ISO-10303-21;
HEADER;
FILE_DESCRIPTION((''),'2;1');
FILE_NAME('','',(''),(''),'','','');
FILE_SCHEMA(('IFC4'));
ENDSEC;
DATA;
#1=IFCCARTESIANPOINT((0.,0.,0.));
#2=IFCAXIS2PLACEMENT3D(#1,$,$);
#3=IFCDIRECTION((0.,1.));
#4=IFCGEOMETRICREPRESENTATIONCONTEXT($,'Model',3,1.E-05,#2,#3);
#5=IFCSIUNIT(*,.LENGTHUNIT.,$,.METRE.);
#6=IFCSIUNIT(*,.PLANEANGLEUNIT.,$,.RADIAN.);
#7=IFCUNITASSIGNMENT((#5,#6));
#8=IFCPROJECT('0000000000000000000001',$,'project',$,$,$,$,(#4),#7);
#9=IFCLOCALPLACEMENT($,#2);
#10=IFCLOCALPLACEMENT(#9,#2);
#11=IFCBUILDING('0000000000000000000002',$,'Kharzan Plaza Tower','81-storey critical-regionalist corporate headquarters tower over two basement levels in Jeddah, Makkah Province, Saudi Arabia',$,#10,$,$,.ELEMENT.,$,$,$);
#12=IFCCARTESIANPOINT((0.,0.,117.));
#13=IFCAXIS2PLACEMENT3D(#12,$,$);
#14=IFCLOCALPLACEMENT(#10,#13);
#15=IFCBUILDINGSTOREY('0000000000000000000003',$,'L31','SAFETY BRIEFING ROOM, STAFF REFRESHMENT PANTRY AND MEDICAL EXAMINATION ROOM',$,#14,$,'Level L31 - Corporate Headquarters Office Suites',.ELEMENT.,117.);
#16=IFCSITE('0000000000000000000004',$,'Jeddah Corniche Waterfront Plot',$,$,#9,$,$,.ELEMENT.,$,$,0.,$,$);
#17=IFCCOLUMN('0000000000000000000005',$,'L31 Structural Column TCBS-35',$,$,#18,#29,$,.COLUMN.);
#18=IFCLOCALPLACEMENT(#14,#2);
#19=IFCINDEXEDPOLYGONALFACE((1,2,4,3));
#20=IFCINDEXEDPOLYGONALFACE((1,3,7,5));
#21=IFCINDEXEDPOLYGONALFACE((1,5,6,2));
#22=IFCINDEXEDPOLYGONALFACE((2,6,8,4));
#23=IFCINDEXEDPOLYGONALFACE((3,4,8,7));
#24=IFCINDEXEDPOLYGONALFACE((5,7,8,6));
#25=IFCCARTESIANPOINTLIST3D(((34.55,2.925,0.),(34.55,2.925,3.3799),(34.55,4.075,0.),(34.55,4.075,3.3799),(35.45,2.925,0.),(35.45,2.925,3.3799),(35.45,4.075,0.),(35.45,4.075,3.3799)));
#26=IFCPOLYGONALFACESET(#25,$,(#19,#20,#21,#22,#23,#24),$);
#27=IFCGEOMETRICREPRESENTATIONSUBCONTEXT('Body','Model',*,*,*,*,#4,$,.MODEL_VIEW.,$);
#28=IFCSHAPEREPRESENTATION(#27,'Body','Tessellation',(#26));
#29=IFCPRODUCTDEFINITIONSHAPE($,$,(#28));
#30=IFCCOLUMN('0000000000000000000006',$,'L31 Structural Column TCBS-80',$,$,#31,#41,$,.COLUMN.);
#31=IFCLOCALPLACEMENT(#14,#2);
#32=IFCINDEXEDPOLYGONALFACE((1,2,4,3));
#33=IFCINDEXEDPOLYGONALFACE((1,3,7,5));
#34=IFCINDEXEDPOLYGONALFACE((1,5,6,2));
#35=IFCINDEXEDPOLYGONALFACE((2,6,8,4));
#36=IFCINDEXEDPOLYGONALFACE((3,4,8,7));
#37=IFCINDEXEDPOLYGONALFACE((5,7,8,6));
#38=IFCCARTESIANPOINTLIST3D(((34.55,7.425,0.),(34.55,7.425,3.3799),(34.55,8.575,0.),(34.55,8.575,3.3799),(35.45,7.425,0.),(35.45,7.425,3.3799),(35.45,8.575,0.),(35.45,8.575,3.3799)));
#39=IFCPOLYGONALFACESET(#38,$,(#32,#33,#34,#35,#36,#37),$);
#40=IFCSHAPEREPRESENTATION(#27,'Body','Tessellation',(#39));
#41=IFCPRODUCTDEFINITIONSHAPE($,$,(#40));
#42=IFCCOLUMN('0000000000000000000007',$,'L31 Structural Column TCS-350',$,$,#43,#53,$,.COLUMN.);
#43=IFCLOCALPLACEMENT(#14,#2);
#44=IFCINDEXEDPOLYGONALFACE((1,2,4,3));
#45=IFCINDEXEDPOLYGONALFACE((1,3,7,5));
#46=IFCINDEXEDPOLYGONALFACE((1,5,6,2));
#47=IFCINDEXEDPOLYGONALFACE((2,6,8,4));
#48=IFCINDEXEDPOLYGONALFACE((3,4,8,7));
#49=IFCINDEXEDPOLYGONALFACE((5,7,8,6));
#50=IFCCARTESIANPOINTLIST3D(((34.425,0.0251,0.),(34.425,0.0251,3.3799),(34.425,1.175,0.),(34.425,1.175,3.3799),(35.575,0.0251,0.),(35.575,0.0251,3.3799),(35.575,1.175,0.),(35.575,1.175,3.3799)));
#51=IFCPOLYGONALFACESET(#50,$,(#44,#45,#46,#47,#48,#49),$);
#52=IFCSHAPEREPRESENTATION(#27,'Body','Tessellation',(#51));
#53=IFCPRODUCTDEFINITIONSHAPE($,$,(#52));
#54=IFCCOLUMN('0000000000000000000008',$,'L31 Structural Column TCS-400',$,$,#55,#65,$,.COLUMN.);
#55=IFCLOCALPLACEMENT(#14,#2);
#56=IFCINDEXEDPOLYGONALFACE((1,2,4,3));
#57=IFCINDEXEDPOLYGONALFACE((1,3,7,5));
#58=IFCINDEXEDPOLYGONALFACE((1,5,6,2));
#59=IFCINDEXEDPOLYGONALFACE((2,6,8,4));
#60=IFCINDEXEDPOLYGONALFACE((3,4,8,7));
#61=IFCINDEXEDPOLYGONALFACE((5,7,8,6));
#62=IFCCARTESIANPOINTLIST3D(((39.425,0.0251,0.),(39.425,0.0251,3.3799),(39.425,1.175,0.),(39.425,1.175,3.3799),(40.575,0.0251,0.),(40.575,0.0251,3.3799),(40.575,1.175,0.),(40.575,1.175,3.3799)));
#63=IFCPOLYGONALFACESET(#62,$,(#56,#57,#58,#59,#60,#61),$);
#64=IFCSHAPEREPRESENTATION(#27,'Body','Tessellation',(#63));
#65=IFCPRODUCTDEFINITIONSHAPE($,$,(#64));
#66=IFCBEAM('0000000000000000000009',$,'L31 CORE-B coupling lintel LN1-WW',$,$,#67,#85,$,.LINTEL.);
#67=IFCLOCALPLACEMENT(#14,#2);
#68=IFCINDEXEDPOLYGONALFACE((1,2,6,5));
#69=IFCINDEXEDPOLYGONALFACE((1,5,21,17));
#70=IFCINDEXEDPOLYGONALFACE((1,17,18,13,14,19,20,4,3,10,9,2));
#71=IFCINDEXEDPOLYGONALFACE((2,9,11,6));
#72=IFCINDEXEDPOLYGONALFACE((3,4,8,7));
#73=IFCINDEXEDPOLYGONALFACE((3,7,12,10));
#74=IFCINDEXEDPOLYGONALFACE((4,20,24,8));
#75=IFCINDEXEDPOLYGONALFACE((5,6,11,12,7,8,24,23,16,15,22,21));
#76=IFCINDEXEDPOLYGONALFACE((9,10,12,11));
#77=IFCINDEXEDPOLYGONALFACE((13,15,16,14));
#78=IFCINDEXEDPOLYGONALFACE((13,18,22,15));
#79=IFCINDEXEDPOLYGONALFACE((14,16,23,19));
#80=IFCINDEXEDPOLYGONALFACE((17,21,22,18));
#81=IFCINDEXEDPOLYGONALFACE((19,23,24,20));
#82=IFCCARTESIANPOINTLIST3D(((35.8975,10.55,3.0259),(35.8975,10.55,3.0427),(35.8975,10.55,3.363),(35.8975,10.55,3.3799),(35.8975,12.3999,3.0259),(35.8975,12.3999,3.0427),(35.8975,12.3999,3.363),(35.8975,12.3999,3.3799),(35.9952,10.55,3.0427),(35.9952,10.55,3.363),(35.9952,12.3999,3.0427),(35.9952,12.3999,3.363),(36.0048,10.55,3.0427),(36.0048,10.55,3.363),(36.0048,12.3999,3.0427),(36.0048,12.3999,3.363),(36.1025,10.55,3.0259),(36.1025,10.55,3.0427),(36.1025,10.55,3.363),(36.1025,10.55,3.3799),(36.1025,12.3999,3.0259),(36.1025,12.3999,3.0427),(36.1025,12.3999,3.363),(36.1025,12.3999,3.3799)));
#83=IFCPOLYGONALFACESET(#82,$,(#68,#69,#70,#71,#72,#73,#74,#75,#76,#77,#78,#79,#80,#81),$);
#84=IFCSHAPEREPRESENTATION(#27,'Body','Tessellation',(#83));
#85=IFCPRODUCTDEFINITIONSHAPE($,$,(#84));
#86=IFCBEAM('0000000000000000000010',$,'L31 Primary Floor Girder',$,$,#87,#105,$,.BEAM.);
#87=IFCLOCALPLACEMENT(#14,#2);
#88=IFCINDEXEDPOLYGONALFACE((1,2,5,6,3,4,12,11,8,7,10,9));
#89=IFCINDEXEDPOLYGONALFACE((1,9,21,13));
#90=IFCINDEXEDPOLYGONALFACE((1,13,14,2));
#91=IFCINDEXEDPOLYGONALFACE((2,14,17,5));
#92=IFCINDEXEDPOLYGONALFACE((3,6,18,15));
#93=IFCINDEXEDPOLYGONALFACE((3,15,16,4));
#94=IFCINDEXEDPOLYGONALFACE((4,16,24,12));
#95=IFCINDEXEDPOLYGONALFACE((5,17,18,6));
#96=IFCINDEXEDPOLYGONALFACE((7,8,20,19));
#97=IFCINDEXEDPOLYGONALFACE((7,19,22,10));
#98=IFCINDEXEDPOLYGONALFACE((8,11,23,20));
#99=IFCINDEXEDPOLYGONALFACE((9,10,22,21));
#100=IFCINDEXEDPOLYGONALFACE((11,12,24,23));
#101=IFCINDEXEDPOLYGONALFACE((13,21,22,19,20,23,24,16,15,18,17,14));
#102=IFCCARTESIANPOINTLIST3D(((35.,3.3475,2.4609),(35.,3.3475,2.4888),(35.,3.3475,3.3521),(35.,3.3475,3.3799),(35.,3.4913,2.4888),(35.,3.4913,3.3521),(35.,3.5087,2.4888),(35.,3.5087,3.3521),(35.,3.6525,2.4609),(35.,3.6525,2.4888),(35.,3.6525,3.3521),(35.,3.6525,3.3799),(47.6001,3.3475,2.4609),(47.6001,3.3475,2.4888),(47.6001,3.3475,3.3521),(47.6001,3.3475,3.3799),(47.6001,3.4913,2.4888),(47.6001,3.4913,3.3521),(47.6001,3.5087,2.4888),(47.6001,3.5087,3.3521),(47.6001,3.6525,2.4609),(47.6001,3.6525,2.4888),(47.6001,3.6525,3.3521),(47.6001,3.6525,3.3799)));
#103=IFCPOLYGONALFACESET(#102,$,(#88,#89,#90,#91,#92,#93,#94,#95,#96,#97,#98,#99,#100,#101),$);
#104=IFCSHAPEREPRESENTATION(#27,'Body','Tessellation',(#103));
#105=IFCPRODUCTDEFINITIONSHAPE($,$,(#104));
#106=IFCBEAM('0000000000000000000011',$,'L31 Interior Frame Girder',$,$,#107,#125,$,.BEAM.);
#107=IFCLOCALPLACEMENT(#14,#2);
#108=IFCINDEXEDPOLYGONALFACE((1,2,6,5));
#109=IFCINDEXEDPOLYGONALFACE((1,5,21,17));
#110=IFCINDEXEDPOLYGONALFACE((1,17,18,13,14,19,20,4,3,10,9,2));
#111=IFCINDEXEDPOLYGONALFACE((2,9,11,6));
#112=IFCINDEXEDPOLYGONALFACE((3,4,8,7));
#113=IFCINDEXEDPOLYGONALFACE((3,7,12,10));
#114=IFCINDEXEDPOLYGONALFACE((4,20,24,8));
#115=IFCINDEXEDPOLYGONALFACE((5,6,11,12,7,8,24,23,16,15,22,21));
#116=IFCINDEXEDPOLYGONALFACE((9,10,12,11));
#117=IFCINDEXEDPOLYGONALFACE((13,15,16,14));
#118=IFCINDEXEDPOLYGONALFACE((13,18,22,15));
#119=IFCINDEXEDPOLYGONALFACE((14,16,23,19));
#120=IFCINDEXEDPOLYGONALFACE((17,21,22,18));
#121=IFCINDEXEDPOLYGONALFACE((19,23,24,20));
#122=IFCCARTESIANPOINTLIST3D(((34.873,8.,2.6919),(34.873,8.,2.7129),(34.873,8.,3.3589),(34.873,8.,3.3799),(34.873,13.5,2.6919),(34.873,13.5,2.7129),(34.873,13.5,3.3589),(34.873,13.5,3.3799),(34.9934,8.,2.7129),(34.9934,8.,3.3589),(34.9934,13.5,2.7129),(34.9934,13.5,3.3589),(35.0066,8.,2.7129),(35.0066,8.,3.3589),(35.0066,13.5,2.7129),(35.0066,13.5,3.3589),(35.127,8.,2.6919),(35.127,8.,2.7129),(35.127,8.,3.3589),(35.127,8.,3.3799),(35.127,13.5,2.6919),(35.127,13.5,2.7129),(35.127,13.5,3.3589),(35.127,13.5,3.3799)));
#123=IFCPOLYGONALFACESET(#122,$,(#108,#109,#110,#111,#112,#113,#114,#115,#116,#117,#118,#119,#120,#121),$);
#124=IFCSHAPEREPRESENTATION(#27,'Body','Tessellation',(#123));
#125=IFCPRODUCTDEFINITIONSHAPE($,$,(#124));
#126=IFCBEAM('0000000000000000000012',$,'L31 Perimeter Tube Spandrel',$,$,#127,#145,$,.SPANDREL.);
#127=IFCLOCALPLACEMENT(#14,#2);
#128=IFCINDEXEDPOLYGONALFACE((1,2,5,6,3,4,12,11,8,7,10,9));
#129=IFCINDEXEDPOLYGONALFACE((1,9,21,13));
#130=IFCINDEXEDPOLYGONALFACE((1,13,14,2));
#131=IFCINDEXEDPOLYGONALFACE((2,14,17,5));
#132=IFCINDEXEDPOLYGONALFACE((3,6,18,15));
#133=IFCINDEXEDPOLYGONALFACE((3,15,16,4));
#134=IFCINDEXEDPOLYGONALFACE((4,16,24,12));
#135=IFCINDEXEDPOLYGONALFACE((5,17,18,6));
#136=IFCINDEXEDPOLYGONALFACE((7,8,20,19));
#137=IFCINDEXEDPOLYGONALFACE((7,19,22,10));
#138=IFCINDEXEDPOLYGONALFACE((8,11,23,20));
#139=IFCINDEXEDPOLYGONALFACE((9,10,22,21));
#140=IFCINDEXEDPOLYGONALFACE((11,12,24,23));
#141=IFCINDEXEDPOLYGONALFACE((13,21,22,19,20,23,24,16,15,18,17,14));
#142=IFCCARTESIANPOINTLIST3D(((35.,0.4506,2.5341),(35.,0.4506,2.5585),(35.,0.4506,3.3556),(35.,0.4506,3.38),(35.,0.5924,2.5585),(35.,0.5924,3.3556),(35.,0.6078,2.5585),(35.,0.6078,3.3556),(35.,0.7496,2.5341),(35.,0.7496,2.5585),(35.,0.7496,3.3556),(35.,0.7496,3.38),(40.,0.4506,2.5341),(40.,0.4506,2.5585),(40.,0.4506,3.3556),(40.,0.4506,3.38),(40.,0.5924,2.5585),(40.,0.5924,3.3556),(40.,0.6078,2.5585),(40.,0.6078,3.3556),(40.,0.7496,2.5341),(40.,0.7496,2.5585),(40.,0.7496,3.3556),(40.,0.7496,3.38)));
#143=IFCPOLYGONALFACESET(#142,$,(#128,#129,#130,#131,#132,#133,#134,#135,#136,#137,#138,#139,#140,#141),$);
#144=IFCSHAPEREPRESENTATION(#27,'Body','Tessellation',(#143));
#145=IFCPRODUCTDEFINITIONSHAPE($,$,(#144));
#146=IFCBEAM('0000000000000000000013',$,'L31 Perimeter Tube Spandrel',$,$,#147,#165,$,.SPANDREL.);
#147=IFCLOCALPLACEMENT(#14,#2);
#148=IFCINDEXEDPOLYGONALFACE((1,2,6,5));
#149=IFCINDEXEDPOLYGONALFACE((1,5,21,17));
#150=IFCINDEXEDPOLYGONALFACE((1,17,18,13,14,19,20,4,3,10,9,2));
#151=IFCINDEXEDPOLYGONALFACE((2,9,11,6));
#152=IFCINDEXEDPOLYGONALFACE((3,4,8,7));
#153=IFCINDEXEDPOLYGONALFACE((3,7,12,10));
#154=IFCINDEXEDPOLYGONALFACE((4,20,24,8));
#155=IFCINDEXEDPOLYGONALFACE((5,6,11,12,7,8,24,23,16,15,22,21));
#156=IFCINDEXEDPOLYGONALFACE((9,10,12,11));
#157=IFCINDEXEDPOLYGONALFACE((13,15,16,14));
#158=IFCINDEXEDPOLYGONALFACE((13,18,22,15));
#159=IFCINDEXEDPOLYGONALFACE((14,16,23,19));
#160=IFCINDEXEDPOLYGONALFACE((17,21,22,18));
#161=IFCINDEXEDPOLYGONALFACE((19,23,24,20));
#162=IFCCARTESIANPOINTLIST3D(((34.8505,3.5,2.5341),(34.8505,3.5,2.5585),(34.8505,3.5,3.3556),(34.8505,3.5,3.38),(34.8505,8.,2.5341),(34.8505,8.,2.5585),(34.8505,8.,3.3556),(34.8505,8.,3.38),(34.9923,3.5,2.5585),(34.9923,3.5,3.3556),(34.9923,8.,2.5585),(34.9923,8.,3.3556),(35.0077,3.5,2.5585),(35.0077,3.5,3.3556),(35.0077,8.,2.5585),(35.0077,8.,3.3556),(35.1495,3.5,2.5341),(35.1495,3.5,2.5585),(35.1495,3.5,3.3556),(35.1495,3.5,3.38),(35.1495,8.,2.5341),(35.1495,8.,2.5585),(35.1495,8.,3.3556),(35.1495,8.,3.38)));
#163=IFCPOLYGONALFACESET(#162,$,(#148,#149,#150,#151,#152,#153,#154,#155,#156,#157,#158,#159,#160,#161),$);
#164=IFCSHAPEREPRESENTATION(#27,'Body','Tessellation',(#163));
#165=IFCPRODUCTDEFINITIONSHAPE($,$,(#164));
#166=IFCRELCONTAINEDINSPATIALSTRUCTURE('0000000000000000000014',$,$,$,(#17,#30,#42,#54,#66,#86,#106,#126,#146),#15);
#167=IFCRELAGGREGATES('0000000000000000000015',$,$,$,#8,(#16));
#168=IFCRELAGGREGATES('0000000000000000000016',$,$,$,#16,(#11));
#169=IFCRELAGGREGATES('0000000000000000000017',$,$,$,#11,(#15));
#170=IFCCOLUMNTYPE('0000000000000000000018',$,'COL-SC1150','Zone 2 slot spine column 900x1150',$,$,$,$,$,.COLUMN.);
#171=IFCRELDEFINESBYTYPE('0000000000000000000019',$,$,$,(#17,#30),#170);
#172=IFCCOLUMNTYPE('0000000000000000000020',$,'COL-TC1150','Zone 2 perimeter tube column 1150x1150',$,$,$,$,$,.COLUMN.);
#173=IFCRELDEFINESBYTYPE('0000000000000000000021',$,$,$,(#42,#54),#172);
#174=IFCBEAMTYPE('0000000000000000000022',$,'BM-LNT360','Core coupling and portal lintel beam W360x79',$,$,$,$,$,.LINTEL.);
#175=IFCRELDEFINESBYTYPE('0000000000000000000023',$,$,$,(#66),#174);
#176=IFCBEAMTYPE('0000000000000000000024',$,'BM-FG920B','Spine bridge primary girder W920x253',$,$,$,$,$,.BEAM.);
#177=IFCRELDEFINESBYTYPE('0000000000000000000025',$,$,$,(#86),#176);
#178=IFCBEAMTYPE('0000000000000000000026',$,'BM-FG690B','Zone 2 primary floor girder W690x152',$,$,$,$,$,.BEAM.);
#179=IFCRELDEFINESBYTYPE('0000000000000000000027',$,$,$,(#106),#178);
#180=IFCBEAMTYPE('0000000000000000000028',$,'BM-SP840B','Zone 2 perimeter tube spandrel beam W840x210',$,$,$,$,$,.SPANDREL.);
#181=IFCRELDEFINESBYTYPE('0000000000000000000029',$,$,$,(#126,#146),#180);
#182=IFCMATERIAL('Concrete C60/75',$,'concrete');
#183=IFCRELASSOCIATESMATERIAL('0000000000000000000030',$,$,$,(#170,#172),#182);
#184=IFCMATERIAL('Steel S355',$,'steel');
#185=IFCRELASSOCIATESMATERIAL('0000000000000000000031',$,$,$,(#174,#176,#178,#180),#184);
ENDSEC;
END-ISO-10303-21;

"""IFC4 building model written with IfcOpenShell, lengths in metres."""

from ifc_helpers import new_model, si_unit, direction, frame, origin, origin_2d, place, context, subcontext, project, spatial, rectangle, i_section, extrude, source, transform, mapped, material, material_profile, profile_set, type_object, element, save


model = new_model("IFC4")

# Units and contexts
model_context = context("Model", 3, precision=1e-05, world=origin(), true_north=direction((0.0, 1.0)))
body_context = subcontext(model_context, "Body", "Model", "MODEL_VIEW")
ifc_project = project(units=[si_unit("LENGTHUNIT", "METRE"), si_unit("PLANEANGLEUNIT", "RADIAN")], contexts=[model_context])

# Site, building, storey
site_placement = place(None, origin())
site = spatial("IfcSite", under=ifc_project, at=site_placement, Name="Jeddah Corniche Waterfront Plot", CompositionType="ELEMENT", RefElevation=0.0)
building_placement = place(site_placement, origin())
building = spatial("IfcBuilding", under=site, at=building_placement, Name="Kharzan Plaza Tower", Description="81-storey critical-regionalist corporate headquarters tower over two basement levels in Jeddah, Makkah Province, Saudi Arabia", CompositionType="ELEMENT")
storey_placement = place(building_placement, frame((0.0, 0.0, 117.0)))
storey = spatial("IfcBuildingStorey", under=building, at=storey_placement, Name="L31", Description="SAFETY BRIEFING ROOM, STAFF REFRESHMENT PANTRY AND MEDICAL EXAMINATION ROOM", LongName="Level L31 - Corporate Headquarters Office Suites", CompositionType="ELEMENT", Elevation=117.0)

# Columns
ifc_material_1 = material(Name="Concrete C60/75", Category="concrete")
ifc_material_profile_1 = material_profile(ifc_material_1, rectangle(XDim=0.8999, YDim=1.1499, at=origin_2d()), Name="RC-SC1150x900")
ifc_profile_set_1 = profile_set([ifc_material_profile_1], Name="Concrete C60/75")
column_type_1 = type_object("IfcColumnType", Name="COL-SC1150", Description="Zone 2 slot spine column 900x1150", PredefinedType="COLUMN", material=ifc_profile_set_1)
shared_shape_1 = source(origin(), body_context, "Body", "SweptSolid", [
    extrude(rectangle(XDim=0.8999, YDim=1.1499, at=origin_2d()), origin(), (0.0, 0.0, 1.0), 3.3799),
])
for number, where, z_axis, x_axis, name in (
    (1, (35.0, 3.5, 0.0), (0.0, 0.0, 1.0), (1.0, 0.0, 0.0), "L31 Structural Column TCBS-35"),
    (2, (35.0, 8.0, 0.0), (0.0, 0.0, 1.0), (1.0, 0.0, 0.0), "L31 Structural Column TCBS-80"),
):
    element("IfcColumn", number, at=place(storey_placement, frame(where, z_axis=z_axis, x_axis=x_axis)), inside=storey, type_object=column_type_1, Name=name, PredefinedType="COLUMN", context=body_context, shape_type="MappedRepresentation", body=[
        mapped(shared_shape_1, transform((0.0, 0.0, 0.0), x_axis=(1.0, 0.0, 0.0), y_axis=(0.0, 1.0, 0.0), z_axis=(0.0, 0.0, 1.0))),
    ])
ifc_material_profile_2 = material_profile(ifc_material_1, rectangle(XDim=1.1499, YDim=1.1499, at=origin_2d()), Name="RC-TC1150x1150")
ifc_profile_set_2 = profile_set([ifc_material_profile_2], Name="Concrete C60/75")
column_type_2 = type_object("IfcColumnType", Name="COL-TC1150", Description="Zone 2 perimeter tube column 1150x1150", PredefinedType="COLUMN", material=ifc_profile_set_2)
shared_shape_2 = source(origin(), body_context, "Body", "SweptSolid", [
    extrude(rectangle(XDim=1.1499, YDim=1.1499, at=origin_2d()), origin(), (0.0, 0.0, 1.0), 3.3799),
])
for number, where, z_axis, x_axis, name in (
    (3, (35.0, 0.6001, 0.0), (0.0, 0.0, 1.0), (1.0, 0.0, 0.0), "L31 Structural Column TCS-350"),
    (4, (40.0, 0.6001, 0.0), (0.0, 0.0, 1.0), (1.0, 0.0, 0.0), "L31 Structural Column TCS-400"),
):
    element("IfcColumn", number, at=place(storey_placement, frame(where, z_axis=z_axis, x_axis=x_axis)), inside=storey, type_object=column_type_2, Name=name, PredefinedType="COLUMN", context=body_context, shape_type="MappedRepresentation", body=[
        mapped(shared_shape_2, transform((0.0, 0.0, 0.0), x_axis=(1.0, 0.0, 0.0), y_axis=(0.0, 1.0, 0.0), z_axis=(0.0, 0.0, 1.0))),
    ])

# Beams
ifc_material_2 = material(Name="Steel S355", Category="steel")
ifc_material_profile_3 = material_profile(ifc_material_2, i_section(OverallWidth=0.2051, OverallDepth=0.354, WebThickness=0.0095, FlangeThickness=0.0168, at=origin_2d()), Name="W360x79")
ifc_profile_set_3 = profile_set([ifc_material_profile_3], Name="Steel S355")
beam_type_1 = type_object("IfcBeamType", Name="BM-LNT360", Description="Core coupling and portal lintel beam W360x79", PredefinedType="LINTEL", material=ifc_profile_set_3)
shared_shape_3 = source(origin(), body_context, "Body", "SweptSolid", [
    extrude(i_section(OverallWidth=0.2051, OverallDepth=0.354, WebThickness=0.0095, FlangeThickness=0.0168, at=origin_2d()), origin(), (0.0, 0.0, 1.0), 1.8499),
])
beam_1_placement = place(storey_placement, frame((36.0, 10.55, 3.2029), z_axis=(0.0, 1.0, 0.0), x_axis=(-1.0, 0.0, 0.0)))
element("IfcBeam", 5, at=beam_1_placement, inside=storey, type_object=beam_type_1, Name="L31 CORE-B coupling lintel LN1-WW", PredefinedType="LINTEL", context=body_context, shape_type="MappedRepresentation", body=[
    mapped(shared_shape_3, transform((0.0, 0.0, 0.0), x_axis=(1.0, 0.0, 0.0), y_axis=(0.0, 1.0, 0.0), z_axis=(0.0, 0.0, 1.0))),
])
ifc_material_profile_4 = material_profile(ifc_material_2, i_section(OverallWidth=0.3049, OverallDepth=0.9189, WebThickness=0.0173, FlangeThickness=0.0278, at=origin_2d()), Name="W920x253")
ifc_profile_set_4 = profile_set([ifc_material_profile_4], Name="Steel S355")
beam_type_2 = type_object("IfcBeamType", Name="BM-FG920B", Description="Spine bridge primary girder W920x253", PredefinedType="BEAM", material=ifc_profile_set_4)
shared_shape_4 = source(origin(), body_context, "Body", "SweptSolid", [
    extrude(i_section(OverallWidth=0.3049, OverallDepth=0.9189, WebThickness=0.0173, FlangeThickness=0.0278, at=origin_2d()), origin(), (0.0, 0.0, 1.0), 12.6001),
])
beam_2_placement = place(storey_placement, frame((35.0, 3.5, 2.9204), z_axis=(1.0, 0.0, 0.0), x_axis=(0.0, 1.0, 0.0)))
element("IfcBeam", 6, at=beam_2_placement, inside=storey, type_object=beam_type_2, Name="L31 Primary Floor Girder", PredefinedType="BEAM", context=body_context, shape_type="MappedRepresentation", body=[
    mapped(shared_shape_4, transform((0.0, 0.0, 0.0), x_axis=(1.0, 0.0, 0.0), y_axis=(0.0, 1.0, 0.0), z_axis=(0.0, 0.0, 1.0))),
])
ifc_material_profile_5 = material_profile(ifc_material_2, i_section(OverallWidth=0.2539, OverallDepth=0.688, WebThickness=0.0132, FlangeThickness=0.021, at=origin_2d()), Name="W690x152")
ifc_profile_set_5 = profile_set([ifc_material_profile_5], Name="Steel S355")
beam_type_3 = type_object("IfcBeamType", Name="BM-FG690B", Description="Zone 2 primary floor girder W690x152", PredefinedType="BEAM", material=ifc_profile_set_5)
shared_shape_5 = source(origin(), body_context, "Body", "SweptSolid", [
    extrude(i_section(OverallWidth=0.2539, OverallDepth=0.688, WebThickness=0.0132, FlangeThickness=0.021, at=origin_2d()), origin(), (0.0, 0.0, 1.0), 5.5),
])
beam_3_placement = place(storey_placement, frame((35.0, 8.0, 3.0359), z_axis=(0.0, 1.0, 0.0), x_axis=(-1.0, 0.0, 0.0)))
element("IfcBeam", 7, at=beam_3_placement, inside=storey, type_object=beam_type_3, Name="L31 Interior Frame Girder", PredefinedType="BEAM", context=body_context, shape_type="MappedRepresentation", body=[
    mapped(shared_shape_5, transform((0.0, 0.0, 0.0), x_axis=(1.0, 0.0, 0.0), y_axis=(0.0, 1.0, 0.0), z_axis=(0.0, 0.0, 1.0))),
])
ifc_material_profile_6 = material_profile(ifc_material_2, i_section(OverallWidth=0.2991, OverallDepth=0.8459, WebThickness=0.0154, FlangeThickness=0.0244, at=origin_2d()), Name="W840x210")
ifc_profile_set_6 = profile_set([ifc_material_profile_6], Name="Steel S355")
beam_type_4 = type_object("IfcBeamType", Name="BM-SP840B", Description="Zone 2 perimeter tube spandrel beam W840x210", PredefinedType="SPANDREL", material=ifc_profile_set_6)
shared_shape_6 = source(origin(), body_context, "Body", "SweptSolid", [
    extrude(i_section(OverallWidth=0.2991, OverallDepth=0.8459, WebThickness=0.0154, FlangeThickness=0.0244, at=origin_2d()), origin(), (0.0, 0.0, 1.0), 5.0),
])
beam_4_placement = place(storey_placement, frame((35.0, 0.6001, 2.957), z_axis=(1.0, 0.0, 0.0), x_axis=(0.0, 1.0, 0.0)))
element("IfcBeam", 8, at=beam_4_placement, inside=storey, type_object=beam_type_4, Name="L31 Perimeter Tube Spandrel", PredefinedType="SPANDREL", context=body_context, shape_type="MappedRepresentation", body=[
    mapped(shared_shape_6, transform((0.0, 0.0, 0.0), x_axis=(1.0, 0.0, 0.0), y_axis=(0.0, 1.0, 0.0), z_axis=(0.0, 0.0, 1.0))),
])
shared_shape_7 = source(origin(), body_context, "Body", "SweptSolid", [
    extrude(i_section(OverallWidth=0.2991, OverallDepth=0.8459, WebThickness=0.0154, FlangeThickness=0.0244, at=origin_2d()), origin(), (0.0, 0.0, 1.0), 4.5),
])
beam_5_placement = place(storey_placement, frame((35.0, 3.5, 2.957), z_axis=(0.0, 1.0, 0.0), x_axis=(-1.0, 0.0, 0.0)))
element("IfcBeam", 9, at=beam_5_placement, inside=storey, type_object=beam_type_4, Name="L31 Perimeter Tube Spandrel", PredefinedType="SPANDREL", context=body_context, shape_type="MappedRepresentation", body=[
    mapped(shared_shape_7, transform((0.0, 0.0, 0.0), x_axis=(1.0, 0.0, 0.0), y_axis=(0.0, 1.0, 0.0), z_axis=(0.0, 0.0, 1.0))),
])

save(model, "model.ifc")
